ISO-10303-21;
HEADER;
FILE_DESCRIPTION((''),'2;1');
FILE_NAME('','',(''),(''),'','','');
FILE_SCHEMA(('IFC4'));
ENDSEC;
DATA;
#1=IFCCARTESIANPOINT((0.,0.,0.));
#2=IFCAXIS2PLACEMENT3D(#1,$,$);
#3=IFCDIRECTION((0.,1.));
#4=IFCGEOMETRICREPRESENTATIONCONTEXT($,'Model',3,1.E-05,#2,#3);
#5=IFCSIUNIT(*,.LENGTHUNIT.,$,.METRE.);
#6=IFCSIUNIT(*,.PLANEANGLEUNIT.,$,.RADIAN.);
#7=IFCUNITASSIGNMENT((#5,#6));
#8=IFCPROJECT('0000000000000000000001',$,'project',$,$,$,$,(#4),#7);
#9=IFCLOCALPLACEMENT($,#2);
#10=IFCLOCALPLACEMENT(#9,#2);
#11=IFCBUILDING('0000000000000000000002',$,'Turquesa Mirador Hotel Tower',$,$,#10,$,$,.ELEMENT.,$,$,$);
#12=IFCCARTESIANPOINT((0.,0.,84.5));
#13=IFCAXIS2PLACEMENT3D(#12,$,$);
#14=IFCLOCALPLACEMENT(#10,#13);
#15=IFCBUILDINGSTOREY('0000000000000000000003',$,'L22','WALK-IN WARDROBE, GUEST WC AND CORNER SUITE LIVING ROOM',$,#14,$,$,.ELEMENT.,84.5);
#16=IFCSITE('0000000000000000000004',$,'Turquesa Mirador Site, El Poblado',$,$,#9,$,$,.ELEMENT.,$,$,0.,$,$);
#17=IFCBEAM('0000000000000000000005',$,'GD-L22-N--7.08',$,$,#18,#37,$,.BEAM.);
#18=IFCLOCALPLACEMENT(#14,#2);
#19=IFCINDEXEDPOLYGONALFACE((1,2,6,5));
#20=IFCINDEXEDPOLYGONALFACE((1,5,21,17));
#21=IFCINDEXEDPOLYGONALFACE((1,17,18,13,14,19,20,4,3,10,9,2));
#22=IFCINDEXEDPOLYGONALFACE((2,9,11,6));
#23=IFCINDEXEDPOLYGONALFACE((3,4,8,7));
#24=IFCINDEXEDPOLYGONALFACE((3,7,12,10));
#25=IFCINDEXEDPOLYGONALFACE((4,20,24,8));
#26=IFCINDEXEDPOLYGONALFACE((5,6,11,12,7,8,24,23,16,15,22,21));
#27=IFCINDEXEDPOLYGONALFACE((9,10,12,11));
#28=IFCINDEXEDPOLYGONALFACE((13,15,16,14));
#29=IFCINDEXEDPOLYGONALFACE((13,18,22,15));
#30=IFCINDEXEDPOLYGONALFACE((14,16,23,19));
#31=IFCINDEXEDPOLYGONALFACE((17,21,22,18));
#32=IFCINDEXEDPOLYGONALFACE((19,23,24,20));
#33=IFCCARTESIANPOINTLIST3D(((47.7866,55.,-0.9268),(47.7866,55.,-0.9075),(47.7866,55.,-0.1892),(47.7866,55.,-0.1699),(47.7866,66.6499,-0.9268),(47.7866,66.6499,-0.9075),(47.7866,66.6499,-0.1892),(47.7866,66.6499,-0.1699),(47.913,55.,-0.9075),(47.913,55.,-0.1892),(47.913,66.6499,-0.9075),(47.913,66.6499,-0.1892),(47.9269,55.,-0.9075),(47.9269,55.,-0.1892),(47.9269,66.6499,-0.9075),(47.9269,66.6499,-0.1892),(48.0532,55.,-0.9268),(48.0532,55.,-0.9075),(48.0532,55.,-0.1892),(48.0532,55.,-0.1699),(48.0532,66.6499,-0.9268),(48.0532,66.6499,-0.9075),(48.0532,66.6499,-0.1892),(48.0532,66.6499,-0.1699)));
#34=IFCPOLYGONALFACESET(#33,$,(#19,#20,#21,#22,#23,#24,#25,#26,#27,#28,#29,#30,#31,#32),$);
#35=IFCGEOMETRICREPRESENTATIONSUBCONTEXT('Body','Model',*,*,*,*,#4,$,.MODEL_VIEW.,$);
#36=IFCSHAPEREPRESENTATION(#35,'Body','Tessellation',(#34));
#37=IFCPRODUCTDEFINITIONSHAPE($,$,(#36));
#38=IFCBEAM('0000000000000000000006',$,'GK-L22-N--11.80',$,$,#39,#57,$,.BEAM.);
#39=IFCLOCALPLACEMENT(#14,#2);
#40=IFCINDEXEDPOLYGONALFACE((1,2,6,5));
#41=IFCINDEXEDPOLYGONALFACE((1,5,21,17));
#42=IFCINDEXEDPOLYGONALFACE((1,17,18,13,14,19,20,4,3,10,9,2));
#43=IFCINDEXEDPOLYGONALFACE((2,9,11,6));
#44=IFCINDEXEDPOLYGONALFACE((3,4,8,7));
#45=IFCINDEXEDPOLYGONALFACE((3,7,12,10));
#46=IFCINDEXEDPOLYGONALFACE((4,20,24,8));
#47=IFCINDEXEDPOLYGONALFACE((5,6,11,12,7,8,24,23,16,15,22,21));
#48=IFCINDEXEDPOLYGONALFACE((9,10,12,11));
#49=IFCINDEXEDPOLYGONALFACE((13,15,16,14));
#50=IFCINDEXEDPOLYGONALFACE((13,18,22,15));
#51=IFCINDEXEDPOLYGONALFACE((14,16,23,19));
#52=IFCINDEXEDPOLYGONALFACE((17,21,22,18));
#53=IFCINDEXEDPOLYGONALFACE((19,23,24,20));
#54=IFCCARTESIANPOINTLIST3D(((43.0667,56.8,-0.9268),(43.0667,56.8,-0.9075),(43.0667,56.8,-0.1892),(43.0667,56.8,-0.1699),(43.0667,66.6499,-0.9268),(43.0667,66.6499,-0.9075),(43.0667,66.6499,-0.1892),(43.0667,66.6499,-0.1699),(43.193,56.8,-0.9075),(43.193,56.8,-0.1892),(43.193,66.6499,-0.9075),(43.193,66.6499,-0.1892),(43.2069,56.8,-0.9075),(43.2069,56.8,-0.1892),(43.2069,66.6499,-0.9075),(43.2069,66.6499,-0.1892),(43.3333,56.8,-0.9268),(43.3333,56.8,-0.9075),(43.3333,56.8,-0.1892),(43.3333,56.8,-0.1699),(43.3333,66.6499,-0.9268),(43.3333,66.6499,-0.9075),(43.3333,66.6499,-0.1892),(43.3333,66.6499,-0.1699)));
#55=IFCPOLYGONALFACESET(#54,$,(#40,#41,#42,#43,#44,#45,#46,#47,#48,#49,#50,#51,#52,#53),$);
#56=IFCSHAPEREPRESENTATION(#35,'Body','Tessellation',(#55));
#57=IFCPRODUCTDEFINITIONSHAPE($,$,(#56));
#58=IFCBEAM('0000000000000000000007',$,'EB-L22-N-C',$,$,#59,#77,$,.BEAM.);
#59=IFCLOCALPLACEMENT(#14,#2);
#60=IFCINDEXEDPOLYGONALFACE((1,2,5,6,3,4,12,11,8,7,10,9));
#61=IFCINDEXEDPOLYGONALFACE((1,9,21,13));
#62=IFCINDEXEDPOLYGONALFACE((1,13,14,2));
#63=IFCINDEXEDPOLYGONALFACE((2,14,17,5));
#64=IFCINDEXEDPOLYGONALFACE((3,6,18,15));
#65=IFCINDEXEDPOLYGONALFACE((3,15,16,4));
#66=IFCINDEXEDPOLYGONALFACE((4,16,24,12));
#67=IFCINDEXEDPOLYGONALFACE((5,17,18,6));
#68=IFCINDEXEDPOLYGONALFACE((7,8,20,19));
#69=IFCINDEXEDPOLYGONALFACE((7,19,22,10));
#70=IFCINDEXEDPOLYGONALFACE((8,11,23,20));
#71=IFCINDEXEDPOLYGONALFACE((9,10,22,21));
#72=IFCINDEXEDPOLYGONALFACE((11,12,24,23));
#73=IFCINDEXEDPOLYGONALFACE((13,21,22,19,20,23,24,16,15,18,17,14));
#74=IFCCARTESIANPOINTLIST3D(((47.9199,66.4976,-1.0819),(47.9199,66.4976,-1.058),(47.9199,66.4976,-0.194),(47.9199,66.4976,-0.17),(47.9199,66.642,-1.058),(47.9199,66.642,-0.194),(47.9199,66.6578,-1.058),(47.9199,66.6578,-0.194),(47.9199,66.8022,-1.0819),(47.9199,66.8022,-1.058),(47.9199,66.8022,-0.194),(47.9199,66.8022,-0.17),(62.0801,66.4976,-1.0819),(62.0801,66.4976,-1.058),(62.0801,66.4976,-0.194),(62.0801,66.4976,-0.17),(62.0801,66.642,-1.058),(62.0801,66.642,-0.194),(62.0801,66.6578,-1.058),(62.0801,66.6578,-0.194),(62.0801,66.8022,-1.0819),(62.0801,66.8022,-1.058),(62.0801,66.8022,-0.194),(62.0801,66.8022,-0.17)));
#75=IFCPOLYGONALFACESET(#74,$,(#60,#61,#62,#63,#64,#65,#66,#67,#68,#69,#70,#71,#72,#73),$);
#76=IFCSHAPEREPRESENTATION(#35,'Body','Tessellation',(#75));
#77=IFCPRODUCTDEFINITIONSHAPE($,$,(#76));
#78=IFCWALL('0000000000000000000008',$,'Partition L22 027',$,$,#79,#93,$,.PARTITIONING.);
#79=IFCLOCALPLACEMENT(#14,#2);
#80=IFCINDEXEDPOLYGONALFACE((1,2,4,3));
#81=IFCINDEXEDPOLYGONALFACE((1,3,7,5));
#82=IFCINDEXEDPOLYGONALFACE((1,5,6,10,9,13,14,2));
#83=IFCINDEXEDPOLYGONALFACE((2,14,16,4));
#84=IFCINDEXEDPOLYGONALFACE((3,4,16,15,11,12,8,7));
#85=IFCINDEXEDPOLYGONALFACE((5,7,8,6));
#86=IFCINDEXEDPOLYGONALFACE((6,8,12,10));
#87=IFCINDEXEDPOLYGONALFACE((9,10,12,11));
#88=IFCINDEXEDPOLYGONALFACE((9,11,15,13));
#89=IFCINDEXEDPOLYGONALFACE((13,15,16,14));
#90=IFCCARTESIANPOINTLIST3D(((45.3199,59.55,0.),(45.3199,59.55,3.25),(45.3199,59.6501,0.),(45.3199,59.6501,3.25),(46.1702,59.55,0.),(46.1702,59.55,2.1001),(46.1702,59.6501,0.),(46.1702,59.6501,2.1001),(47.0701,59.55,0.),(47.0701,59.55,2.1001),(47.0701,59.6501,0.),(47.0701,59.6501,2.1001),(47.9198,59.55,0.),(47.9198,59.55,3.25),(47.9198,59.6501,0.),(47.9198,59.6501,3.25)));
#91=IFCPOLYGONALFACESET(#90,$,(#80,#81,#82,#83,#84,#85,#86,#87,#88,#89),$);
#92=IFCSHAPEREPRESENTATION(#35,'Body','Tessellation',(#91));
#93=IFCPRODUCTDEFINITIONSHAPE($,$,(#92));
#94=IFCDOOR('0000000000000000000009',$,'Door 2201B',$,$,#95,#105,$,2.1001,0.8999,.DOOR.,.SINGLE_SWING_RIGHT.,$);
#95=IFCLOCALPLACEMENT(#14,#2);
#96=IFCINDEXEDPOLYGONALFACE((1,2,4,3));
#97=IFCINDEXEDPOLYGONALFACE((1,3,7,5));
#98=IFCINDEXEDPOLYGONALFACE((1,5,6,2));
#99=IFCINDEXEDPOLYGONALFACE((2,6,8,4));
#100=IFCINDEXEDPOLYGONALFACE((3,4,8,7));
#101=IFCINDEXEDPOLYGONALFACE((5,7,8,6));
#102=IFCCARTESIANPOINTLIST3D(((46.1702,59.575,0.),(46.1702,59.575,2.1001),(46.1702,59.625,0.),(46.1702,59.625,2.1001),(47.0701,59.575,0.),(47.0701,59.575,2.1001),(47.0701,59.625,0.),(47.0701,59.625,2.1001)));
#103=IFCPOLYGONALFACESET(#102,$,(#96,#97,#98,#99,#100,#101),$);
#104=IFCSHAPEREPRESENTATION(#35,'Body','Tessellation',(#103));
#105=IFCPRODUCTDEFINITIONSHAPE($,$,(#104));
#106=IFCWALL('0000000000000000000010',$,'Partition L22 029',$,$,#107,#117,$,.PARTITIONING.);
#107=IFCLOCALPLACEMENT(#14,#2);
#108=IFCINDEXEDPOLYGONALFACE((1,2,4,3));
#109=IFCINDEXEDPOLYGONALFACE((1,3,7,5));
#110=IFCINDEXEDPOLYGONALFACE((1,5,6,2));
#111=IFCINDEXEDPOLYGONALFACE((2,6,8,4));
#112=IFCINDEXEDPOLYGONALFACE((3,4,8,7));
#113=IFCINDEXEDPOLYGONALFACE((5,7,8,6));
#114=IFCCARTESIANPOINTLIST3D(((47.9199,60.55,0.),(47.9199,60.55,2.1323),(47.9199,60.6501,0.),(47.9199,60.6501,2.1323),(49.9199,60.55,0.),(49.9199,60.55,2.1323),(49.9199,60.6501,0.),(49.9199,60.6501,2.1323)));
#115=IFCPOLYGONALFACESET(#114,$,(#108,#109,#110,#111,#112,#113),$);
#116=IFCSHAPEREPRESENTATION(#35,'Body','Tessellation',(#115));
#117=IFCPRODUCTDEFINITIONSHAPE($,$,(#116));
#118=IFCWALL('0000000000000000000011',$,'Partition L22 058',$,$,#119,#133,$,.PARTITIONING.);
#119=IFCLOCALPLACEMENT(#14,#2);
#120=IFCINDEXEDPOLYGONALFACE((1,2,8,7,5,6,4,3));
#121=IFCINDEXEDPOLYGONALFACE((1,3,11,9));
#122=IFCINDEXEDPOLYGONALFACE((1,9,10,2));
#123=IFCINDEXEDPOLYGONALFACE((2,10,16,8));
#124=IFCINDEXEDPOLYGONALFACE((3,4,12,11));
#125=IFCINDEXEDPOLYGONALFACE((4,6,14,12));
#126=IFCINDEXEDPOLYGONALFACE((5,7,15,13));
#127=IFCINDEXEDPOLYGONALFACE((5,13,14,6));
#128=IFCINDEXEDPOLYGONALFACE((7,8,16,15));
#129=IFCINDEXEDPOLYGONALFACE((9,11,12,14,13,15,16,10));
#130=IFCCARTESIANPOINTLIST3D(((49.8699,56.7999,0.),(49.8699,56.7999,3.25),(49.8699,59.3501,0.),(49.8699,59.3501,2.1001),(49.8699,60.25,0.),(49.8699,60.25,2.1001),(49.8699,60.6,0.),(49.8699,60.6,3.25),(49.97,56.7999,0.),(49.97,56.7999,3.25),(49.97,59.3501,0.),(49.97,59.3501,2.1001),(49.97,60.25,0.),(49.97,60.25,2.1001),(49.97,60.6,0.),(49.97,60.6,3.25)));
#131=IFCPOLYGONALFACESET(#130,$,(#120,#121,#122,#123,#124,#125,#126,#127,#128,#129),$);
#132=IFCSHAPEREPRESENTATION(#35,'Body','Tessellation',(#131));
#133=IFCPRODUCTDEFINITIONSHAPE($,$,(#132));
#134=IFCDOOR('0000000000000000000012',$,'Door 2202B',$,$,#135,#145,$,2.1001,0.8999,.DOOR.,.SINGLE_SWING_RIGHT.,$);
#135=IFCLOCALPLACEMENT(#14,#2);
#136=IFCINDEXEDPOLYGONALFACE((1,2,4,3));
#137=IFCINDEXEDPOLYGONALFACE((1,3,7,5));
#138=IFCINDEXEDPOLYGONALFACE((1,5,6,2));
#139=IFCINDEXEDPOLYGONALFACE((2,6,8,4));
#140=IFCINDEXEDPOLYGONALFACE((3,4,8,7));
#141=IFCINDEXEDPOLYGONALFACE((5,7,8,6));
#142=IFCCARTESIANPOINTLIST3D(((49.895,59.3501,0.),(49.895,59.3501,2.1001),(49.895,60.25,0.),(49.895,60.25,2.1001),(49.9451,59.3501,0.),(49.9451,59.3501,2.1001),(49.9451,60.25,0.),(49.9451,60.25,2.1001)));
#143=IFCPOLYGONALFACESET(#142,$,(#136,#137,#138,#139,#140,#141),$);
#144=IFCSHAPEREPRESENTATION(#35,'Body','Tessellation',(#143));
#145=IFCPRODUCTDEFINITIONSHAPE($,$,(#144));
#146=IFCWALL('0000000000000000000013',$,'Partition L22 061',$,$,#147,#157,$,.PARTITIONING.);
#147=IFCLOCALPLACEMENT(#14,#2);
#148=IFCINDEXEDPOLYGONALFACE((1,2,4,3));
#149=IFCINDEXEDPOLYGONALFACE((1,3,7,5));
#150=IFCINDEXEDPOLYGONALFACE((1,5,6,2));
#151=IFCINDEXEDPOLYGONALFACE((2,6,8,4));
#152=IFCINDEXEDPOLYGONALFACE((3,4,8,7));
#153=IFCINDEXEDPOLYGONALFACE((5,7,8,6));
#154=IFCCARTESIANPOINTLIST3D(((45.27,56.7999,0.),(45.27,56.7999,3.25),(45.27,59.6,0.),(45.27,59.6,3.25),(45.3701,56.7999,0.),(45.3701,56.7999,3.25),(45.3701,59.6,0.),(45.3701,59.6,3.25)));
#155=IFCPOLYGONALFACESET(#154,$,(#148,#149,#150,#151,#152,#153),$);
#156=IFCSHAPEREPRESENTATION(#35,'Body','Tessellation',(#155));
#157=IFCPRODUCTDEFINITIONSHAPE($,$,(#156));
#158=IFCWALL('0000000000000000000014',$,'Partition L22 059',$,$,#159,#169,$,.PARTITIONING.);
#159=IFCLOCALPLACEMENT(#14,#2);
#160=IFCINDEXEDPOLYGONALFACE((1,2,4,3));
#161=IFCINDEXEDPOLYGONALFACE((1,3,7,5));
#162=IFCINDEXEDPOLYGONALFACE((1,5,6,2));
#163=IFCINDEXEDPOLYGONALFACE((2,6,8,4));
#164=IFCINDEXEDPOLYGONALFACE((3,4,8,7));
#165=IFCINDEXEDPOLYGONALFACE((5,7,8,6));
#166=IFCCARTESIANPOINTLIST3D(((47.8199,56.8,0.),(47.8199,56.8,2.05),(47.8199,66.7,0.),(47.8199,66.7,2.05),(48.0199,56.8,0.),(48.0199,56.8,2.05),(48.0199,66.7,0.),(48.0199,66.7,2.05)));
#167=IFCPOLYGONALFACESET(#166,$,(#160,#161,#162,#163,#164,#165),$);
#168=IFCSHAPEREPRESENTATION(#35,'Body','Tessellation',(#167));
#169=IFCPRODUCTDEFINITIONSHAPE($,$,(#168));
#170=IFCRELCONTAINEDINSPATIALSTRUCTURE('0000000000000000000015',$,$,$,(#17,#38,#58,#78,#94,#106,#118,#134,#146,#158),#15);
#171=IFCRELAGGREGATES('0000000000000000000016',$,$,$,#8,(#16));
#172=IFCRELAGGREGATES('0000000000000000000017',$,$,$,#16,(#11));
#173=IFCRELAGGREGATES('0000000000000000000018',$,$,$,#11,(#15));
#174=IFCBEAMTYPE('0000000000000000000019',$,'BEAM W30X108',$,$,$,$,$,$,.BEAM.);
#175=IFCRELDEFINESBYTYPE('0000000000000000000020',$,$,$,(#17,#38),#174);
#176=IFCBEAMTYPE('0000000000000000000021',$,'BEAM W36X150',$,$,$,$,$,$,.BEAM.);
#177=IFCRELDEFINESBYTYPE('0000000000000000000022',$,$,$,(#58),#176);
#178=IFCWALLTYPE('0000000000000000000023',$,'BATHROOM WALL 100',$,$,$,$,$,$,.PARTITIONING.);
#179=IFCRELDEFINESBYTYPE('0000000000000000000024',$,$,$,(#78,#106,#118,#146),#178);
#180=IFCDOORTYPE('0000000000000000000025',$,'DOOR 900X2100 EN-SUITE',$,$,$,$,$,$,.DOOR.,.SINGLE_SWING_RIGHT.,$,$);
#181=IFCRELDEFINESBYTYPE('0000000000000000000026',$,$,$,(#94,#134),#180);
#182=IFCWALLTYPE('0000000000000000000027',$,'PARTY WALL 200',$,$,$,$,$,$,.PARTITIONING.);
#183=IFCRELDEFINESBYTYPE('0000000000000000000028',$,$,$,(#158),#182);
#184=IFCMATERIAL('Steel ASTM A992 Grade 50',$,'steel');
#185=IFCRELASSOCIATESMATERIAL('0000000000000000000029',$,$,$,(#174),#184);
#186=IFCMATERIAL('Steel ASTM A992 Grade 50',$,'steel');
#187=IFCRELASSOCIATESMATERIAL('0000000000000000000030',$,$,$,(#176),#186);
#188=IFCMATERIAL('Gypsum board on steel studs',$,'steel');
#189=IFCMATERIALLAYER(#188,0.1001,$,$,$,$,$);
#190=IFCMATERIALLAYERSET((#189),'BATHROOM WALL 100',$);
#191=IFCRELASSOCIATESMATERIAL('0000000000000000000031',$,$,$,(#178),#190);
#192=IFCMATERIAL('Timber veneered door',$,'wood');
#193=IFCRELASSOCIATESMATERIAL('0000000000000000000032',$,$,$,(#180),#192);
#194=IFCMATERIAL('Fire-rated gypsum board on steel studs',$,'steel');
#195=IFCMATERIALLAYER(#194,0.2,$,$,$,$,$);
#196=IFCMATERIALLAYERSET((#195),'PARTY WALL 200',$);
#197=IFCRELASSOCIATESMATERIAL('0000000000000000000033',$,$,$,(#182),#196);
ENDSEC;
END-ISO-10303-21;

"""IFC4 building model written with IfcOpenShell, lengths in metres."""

from ifc_helpers import new_model, si_unit, direction, frame, frame_2d, origin, origin_2d, place, context, subcontext, project, spatial, rectangle, i_section, extrude, material, layer, layer_set, material_profile, profile_set, type_object, element, fill, save


model = new_model("IFC4")

# Units and contexts
model_context = context("Model", 3, precision=1e-05, world=origin(), true_north=direction((0.0, 1.0)))
body_context = subcontext(model_context, "Body", "Model", "MODEL_VIEW")
ifc_project = project(units=[si_unit("LENGTHUNIT", "METRE"), si_unit("PLANEANGLEUNIT", "RADIAN")], contexts=[model_context])

# Site, building, storey
site_placement = place(None, origin())
site = spatial("IfcSite", under=ifc_project, at=site_placement, Name="Turquesa Mirador Site, El Poblado", CompositionType="ELEMENT", RefElevation=0.0)
building_placement = place(site_placement, origin())
building = spatial("IfcBuilding", under=site, at=building_placement, Name="Turquesa Mirador Hotel Tower", CompositionType="ELEMENT")
storey_placement = place(building_placement, frame((0.0, 0.0, 84.5)))
storey = spatial("IfcBuildingStorey", under=building, at=storey_placement, Name="L22", Description="WALK-IN WARDROBE, GUEST WC AND CORNER SUITE LIVING ROOM", CompositionType="ELEMENT", Elevation=84.5)

# Beams
ifc_material_1 = material(Name="Steel ASTM A992 Grade 50", Category="steel")
ifc_material_profile_1 = material_profile(ifc_material_1, i_section(OverallWidth=0.2666, OverallDepth=0.7568, WebThickness=0.0139, FlangeThickness=0.0193, at=origin_2d()), Name="W30X108")
ifc_profile_set_1 = profile_set([ifc_material_profile_1], Name="Steel ASTM A992 Grade 50")
beam_type_1 = type_object("IfcBeamType", Name="BEAM W30X108", PredefinedType="BEAM", material=ifc_profile_set_1)
beam_1_placement = place(storey_placement, frame((47.9199, 66.6499, -0.5483), z_axis=(0.0, -1.0, 0.0), x_axis=(1.0, 0.0, 0.0)))
element("IfcBeam", 1, at=beam_1_placement, inside=storey, type_object=beam_type_1, Name="GD-L22-N--7.08", PredefinedType="BEAM", context=body_context, shape_type="SweptSolid", body=[
    extrude(i_section(OverallWidth=0.2666, OverallDepth=0.7568, WebThickness=0.0139, FlangeThickness=0.0193, at=origin_2d()), origin(), (0.0, 0.0, 1.0), 11.6499),
])
beam_2_placement = place(storey_placement, frame((43.2, 66.6499, -0.5483), z_axis=(0.0, -1.0, 0.0), x_axis=(1.0, 0.0, 0.0)))
element("IfcBeam", 2, at=beam_2_placement, inside=storey, type_object=beam_type_1, Name="GK-L22-N--11.80", PredefinedType="BEAM", context=body_context, shape_type="SweptSolid", body=[
    extrude(i_section(OverallWidth=0.2666, OverallDepth=0.7568, WebThickness=0.0139, FlangeThickness=0.0193, at=origin_2d()), origin(), (0.0, 0.0, 1.0), 9.8499),
])
ifc_material_2 = material(Name="Steel ASTM A992 Grade 50", Category="steel")
ifc_material_profile_2 = material_profile(ifc_material_2, i_section(OverallWidth=0.3047, OverallDepth=0.9119, WebThickness=0.0159, FlangeThickness=0.0239, at=origin_2d()), Name="W36X150")
ifc_profile_set_2 = profile_set([ifc_material_profile_2], Name="Steel ASTM A992 Grade 50")
beam_type_2 = type_object("IfcBeamType", Name="BEAM W36X150", PredefinedType="BEAM", material=ifc_profile_set_2)
beam_3_placement = place(storey_placement, frame((47.9199, 66.6499, -0.626), z_axis=(1.0, 0.0, 0.0), x_axis=(0.0, 1.0, 0.0)))
element("IfcBeam", 3, at=beam_3_placement, inside=storey, type_object=beam_type_2, Name="EB-L22-N-C", PredefinedType="BEAM", context=body_context, shape_type="SweptSolid", body=[
    extrude(i_section(OverallWidth=0.3047, OverallDepth=0.9119, WebThickness=0.0159, FlangeThickness=0.0239, at=origin_2d()), origin(), (0.0, 0.0, 1.0), 14.1602),
])

# Wall, opening, door
ifc_material_3 = material(Name="Gypsum board on steel studs", Category="steel")
ifc_layer_1 = layer(ifc_material_3, 0.1001)
ifc_layer_set_1 = layer_set([ifc_layer_1], Name="BATHROOM WALL 100")
wall_type_1 = type_object("IfcWallType", Name="BATHROOM WALL 100", PredefinedType="PARTITIONING", material=ifc_layer_set_1)
wall_1_placement = place(storey_placement, frame((45.3201, 59.6001, 0.0), z_axis=(0.0, 0.0, 1.0), x_axis=(1.0, 0.0, 0.0)))
wall_1 = element("IfcWall", 4, at=wall_1_placement, inside=storey, type_object=wall_type_1, Name="Partition L22 027", PredefinedType="PARTITIONING", context=body_context, shape_type="SweptSolid", body=[
    extrude(rectangle(XDim=2.5999, YDim=0.1001, at=frame_2d((1.2998, 0.0))), origin(), (0.0, 0.0, 1.0), 3.25),
])
opening_1_placement = place(wall_1_placement, frame((0.8501, 0.0, 0.0)))
opening_1 = element("IfcOpeningElement", 5, at=opening_1_placement, cuts=wall_1, PredefinedType="OPENING", context=body_context, shape_type="SweptSolid", body=[
    extrude(rectangle(XDim=0.8999, YDim=2.1001, at=frame_2d((0.45, 1.05))), frame((0.0, 0.0601, 0.0), z_axis=(0.0, -1.0, 0.0), x_axis=(1.0, 0.0, 0.0)), (0.0, 0.0, 1.0), 0.1201),
])
ifc_material_4 = material(Name="Timber veneered door", Category="wood")
door_type = type_object("IfcDoorType", Name="DOOR 900X2100 EN-SUITE", OperationType="SINGLE_SWING_RIGHT", PredefinedType="DOOR", material=ifc_material_4)
door_1_placement = place(opening_1_placement, origin())
door_1 = element("IfcDoor", 6, at=door_1_placement, inside=storey, type_object=door_type, Name="Door 2201B", OperationType="SINGLE_SWING_RIGHT", OverallHeight=2.1001, OverallWidth=0.8999, PredefinedType="DOOR", context=body_context, shape_type="SweptSolid", body=[
    extrude(rectangle(XDim=0.8999, YDim=2.1001, at=frame_2d((0.45, 1.05))), frame((0.0, 0.0249, 0.0), z_axis=(0.0, -1.0, 0.0), x_axis=(1.0, 0.0, 0.0)), (0.0, 0.0, 1.0), 0.05),
])
fill(opening_1, door_1)

# Wall
wall_2_placement = place(storey_placement, frame((47.9199, 60.6001, 0.0), z_axis=(0.0, 0.0, 1.0), x_axis=(1.0, 0.0, 0.0)))
element("IfcWall", 7, at=wall_2_placement, inside=storey, type_object=wall_type_1, Name="Partition L22 029", PredefinedType="PARTITIONING", context=body_context, shape_type="SweptSolid", body=[
    extrude(rectangle(XDim=2.0, YDim=0.1001, at=frame_2d((1.0, 0.0))), origin(), (0.0, 0.0, 1.0), 2.1323),
])

# Wall, opening, door
wall_3_placement = place(storey_placement, frame((49.9199, 56.8, 0.0), z_axis=(0.0, 0.0, 1.0), x_axis=(0.0, 1.0, 0.0)))
wall_3 = element("IfcWall", 8, at=wall_3_placement, inside=storey, type_object=wall_type_1, Name="Partition L22 058", PredefinedType="PARTITIONING", context=body_context, shape_type="SweptSolid", body=[
    extrude(rectangle(XDim=3.8, YDim=0.1001, at=frame_2d((1.8999, 0.0))), origin(), (0.0, 0.0, 1.0), 3.25),
])
opening_2_placement = place(wall_3_placement, frame((2.55, 0.0, 0.0)))
opening_2 = element("IfcOpeningElement", 9, at=opening_2_placement, cuts=wall_3, PredefinedType="OPENING", context=body_context, shape_type="SweptSolid", body=[
    extrude(rectangle(XDim=0.8999, YDim=2.1001, at=frame_2d((0.45, 1.05))), frame((0.0, 0.0601, 0.0), z_axis=(0.0, -1.0, 0.0), x_axis=(1.0, 0.0, 0.0)), (0.0, 0.0, 1.0), 0.1201),
])
door_2_placement = place(opening_2_placement, origin())
door_2 = element("IfcDoor", 10, at=door_2_placement, inside=storey, type_object=door_type, Name="Door 2202B", OperationType="SINGLE_SWING_RIGHT", OverallHeight=2.1001, OverallWidth=0.8999, PredefinedType="DOOR", context=body_context, shape_type="SweptSolid", body=[
    extrude(rectangle(XDim=0.8999, YDim=2.1001, at=frame_2d((0.45, 1.05))), frame((0.0, 0.0249, 0.0), z_axis=(0.0, -1.0, 0.0), x_axis=(1.0, 0.0, 0.0)), (0.0, 0.0, 1.0), 0.05),
])
fill(opening_2, door_2)

# Walls
wall_4_placement = place(storey_placement, frame((45.3201, 56.8, 0.0), z_axis=(0.0, 0.0, 1.0), x_axis=(0.0, 1.0, 0.0)))
element("IfcWall", 11, at=wall_4_placement, inside=storey, type_object=wall_type_1, Name="Partition L22 061", PredefinedType="PARTITIONING", context=body_context, shape_type="SweptSolid", body=[
    extrude(rectangle(XDim=2.8, YDim=0.1001, at=frame_2d((1.3999, 0.0))), origin(), (0.0, 0.0, 1.0), 3.25),
])
ifc_material_5 = material(Name="Fire-rated gypsum board on steel studs", Category="steel")
ifc_layer_2 = layer(ifc_material_5, 0.2)
ifc_layer_set_2 = layer_set([ifc_layer_2], Name="PARTY WALL 200")
wall_type_2 = type_object("IfcWallType", Name="PARTY WALL 200", PredefinedType="PARTITIONING", material=ifc_layer_set_2)
wall_5_placement = place(storey_placement, frame((47.9199, 56.8, 0.0), z_axis=(0.0, 0.0, 1.0), x_axis=(0.0, 1.0, 0.0)))
element("IfcWall", 12, at=wall_5_placement, inside=storey, type_object=wall_type_2, Name="Partition L22 059", PredefinedType="PARTITIONING", context=body_context, shape_type="SweptSolid", body=[
    extrude(rectangle(XDim=9.8999, YDim=0.2, at=frame_2d((4.95, 0.0))), origin(), (0.0, 0.0, 1.0), 2.05),
])

save(model, "model.ifc")
